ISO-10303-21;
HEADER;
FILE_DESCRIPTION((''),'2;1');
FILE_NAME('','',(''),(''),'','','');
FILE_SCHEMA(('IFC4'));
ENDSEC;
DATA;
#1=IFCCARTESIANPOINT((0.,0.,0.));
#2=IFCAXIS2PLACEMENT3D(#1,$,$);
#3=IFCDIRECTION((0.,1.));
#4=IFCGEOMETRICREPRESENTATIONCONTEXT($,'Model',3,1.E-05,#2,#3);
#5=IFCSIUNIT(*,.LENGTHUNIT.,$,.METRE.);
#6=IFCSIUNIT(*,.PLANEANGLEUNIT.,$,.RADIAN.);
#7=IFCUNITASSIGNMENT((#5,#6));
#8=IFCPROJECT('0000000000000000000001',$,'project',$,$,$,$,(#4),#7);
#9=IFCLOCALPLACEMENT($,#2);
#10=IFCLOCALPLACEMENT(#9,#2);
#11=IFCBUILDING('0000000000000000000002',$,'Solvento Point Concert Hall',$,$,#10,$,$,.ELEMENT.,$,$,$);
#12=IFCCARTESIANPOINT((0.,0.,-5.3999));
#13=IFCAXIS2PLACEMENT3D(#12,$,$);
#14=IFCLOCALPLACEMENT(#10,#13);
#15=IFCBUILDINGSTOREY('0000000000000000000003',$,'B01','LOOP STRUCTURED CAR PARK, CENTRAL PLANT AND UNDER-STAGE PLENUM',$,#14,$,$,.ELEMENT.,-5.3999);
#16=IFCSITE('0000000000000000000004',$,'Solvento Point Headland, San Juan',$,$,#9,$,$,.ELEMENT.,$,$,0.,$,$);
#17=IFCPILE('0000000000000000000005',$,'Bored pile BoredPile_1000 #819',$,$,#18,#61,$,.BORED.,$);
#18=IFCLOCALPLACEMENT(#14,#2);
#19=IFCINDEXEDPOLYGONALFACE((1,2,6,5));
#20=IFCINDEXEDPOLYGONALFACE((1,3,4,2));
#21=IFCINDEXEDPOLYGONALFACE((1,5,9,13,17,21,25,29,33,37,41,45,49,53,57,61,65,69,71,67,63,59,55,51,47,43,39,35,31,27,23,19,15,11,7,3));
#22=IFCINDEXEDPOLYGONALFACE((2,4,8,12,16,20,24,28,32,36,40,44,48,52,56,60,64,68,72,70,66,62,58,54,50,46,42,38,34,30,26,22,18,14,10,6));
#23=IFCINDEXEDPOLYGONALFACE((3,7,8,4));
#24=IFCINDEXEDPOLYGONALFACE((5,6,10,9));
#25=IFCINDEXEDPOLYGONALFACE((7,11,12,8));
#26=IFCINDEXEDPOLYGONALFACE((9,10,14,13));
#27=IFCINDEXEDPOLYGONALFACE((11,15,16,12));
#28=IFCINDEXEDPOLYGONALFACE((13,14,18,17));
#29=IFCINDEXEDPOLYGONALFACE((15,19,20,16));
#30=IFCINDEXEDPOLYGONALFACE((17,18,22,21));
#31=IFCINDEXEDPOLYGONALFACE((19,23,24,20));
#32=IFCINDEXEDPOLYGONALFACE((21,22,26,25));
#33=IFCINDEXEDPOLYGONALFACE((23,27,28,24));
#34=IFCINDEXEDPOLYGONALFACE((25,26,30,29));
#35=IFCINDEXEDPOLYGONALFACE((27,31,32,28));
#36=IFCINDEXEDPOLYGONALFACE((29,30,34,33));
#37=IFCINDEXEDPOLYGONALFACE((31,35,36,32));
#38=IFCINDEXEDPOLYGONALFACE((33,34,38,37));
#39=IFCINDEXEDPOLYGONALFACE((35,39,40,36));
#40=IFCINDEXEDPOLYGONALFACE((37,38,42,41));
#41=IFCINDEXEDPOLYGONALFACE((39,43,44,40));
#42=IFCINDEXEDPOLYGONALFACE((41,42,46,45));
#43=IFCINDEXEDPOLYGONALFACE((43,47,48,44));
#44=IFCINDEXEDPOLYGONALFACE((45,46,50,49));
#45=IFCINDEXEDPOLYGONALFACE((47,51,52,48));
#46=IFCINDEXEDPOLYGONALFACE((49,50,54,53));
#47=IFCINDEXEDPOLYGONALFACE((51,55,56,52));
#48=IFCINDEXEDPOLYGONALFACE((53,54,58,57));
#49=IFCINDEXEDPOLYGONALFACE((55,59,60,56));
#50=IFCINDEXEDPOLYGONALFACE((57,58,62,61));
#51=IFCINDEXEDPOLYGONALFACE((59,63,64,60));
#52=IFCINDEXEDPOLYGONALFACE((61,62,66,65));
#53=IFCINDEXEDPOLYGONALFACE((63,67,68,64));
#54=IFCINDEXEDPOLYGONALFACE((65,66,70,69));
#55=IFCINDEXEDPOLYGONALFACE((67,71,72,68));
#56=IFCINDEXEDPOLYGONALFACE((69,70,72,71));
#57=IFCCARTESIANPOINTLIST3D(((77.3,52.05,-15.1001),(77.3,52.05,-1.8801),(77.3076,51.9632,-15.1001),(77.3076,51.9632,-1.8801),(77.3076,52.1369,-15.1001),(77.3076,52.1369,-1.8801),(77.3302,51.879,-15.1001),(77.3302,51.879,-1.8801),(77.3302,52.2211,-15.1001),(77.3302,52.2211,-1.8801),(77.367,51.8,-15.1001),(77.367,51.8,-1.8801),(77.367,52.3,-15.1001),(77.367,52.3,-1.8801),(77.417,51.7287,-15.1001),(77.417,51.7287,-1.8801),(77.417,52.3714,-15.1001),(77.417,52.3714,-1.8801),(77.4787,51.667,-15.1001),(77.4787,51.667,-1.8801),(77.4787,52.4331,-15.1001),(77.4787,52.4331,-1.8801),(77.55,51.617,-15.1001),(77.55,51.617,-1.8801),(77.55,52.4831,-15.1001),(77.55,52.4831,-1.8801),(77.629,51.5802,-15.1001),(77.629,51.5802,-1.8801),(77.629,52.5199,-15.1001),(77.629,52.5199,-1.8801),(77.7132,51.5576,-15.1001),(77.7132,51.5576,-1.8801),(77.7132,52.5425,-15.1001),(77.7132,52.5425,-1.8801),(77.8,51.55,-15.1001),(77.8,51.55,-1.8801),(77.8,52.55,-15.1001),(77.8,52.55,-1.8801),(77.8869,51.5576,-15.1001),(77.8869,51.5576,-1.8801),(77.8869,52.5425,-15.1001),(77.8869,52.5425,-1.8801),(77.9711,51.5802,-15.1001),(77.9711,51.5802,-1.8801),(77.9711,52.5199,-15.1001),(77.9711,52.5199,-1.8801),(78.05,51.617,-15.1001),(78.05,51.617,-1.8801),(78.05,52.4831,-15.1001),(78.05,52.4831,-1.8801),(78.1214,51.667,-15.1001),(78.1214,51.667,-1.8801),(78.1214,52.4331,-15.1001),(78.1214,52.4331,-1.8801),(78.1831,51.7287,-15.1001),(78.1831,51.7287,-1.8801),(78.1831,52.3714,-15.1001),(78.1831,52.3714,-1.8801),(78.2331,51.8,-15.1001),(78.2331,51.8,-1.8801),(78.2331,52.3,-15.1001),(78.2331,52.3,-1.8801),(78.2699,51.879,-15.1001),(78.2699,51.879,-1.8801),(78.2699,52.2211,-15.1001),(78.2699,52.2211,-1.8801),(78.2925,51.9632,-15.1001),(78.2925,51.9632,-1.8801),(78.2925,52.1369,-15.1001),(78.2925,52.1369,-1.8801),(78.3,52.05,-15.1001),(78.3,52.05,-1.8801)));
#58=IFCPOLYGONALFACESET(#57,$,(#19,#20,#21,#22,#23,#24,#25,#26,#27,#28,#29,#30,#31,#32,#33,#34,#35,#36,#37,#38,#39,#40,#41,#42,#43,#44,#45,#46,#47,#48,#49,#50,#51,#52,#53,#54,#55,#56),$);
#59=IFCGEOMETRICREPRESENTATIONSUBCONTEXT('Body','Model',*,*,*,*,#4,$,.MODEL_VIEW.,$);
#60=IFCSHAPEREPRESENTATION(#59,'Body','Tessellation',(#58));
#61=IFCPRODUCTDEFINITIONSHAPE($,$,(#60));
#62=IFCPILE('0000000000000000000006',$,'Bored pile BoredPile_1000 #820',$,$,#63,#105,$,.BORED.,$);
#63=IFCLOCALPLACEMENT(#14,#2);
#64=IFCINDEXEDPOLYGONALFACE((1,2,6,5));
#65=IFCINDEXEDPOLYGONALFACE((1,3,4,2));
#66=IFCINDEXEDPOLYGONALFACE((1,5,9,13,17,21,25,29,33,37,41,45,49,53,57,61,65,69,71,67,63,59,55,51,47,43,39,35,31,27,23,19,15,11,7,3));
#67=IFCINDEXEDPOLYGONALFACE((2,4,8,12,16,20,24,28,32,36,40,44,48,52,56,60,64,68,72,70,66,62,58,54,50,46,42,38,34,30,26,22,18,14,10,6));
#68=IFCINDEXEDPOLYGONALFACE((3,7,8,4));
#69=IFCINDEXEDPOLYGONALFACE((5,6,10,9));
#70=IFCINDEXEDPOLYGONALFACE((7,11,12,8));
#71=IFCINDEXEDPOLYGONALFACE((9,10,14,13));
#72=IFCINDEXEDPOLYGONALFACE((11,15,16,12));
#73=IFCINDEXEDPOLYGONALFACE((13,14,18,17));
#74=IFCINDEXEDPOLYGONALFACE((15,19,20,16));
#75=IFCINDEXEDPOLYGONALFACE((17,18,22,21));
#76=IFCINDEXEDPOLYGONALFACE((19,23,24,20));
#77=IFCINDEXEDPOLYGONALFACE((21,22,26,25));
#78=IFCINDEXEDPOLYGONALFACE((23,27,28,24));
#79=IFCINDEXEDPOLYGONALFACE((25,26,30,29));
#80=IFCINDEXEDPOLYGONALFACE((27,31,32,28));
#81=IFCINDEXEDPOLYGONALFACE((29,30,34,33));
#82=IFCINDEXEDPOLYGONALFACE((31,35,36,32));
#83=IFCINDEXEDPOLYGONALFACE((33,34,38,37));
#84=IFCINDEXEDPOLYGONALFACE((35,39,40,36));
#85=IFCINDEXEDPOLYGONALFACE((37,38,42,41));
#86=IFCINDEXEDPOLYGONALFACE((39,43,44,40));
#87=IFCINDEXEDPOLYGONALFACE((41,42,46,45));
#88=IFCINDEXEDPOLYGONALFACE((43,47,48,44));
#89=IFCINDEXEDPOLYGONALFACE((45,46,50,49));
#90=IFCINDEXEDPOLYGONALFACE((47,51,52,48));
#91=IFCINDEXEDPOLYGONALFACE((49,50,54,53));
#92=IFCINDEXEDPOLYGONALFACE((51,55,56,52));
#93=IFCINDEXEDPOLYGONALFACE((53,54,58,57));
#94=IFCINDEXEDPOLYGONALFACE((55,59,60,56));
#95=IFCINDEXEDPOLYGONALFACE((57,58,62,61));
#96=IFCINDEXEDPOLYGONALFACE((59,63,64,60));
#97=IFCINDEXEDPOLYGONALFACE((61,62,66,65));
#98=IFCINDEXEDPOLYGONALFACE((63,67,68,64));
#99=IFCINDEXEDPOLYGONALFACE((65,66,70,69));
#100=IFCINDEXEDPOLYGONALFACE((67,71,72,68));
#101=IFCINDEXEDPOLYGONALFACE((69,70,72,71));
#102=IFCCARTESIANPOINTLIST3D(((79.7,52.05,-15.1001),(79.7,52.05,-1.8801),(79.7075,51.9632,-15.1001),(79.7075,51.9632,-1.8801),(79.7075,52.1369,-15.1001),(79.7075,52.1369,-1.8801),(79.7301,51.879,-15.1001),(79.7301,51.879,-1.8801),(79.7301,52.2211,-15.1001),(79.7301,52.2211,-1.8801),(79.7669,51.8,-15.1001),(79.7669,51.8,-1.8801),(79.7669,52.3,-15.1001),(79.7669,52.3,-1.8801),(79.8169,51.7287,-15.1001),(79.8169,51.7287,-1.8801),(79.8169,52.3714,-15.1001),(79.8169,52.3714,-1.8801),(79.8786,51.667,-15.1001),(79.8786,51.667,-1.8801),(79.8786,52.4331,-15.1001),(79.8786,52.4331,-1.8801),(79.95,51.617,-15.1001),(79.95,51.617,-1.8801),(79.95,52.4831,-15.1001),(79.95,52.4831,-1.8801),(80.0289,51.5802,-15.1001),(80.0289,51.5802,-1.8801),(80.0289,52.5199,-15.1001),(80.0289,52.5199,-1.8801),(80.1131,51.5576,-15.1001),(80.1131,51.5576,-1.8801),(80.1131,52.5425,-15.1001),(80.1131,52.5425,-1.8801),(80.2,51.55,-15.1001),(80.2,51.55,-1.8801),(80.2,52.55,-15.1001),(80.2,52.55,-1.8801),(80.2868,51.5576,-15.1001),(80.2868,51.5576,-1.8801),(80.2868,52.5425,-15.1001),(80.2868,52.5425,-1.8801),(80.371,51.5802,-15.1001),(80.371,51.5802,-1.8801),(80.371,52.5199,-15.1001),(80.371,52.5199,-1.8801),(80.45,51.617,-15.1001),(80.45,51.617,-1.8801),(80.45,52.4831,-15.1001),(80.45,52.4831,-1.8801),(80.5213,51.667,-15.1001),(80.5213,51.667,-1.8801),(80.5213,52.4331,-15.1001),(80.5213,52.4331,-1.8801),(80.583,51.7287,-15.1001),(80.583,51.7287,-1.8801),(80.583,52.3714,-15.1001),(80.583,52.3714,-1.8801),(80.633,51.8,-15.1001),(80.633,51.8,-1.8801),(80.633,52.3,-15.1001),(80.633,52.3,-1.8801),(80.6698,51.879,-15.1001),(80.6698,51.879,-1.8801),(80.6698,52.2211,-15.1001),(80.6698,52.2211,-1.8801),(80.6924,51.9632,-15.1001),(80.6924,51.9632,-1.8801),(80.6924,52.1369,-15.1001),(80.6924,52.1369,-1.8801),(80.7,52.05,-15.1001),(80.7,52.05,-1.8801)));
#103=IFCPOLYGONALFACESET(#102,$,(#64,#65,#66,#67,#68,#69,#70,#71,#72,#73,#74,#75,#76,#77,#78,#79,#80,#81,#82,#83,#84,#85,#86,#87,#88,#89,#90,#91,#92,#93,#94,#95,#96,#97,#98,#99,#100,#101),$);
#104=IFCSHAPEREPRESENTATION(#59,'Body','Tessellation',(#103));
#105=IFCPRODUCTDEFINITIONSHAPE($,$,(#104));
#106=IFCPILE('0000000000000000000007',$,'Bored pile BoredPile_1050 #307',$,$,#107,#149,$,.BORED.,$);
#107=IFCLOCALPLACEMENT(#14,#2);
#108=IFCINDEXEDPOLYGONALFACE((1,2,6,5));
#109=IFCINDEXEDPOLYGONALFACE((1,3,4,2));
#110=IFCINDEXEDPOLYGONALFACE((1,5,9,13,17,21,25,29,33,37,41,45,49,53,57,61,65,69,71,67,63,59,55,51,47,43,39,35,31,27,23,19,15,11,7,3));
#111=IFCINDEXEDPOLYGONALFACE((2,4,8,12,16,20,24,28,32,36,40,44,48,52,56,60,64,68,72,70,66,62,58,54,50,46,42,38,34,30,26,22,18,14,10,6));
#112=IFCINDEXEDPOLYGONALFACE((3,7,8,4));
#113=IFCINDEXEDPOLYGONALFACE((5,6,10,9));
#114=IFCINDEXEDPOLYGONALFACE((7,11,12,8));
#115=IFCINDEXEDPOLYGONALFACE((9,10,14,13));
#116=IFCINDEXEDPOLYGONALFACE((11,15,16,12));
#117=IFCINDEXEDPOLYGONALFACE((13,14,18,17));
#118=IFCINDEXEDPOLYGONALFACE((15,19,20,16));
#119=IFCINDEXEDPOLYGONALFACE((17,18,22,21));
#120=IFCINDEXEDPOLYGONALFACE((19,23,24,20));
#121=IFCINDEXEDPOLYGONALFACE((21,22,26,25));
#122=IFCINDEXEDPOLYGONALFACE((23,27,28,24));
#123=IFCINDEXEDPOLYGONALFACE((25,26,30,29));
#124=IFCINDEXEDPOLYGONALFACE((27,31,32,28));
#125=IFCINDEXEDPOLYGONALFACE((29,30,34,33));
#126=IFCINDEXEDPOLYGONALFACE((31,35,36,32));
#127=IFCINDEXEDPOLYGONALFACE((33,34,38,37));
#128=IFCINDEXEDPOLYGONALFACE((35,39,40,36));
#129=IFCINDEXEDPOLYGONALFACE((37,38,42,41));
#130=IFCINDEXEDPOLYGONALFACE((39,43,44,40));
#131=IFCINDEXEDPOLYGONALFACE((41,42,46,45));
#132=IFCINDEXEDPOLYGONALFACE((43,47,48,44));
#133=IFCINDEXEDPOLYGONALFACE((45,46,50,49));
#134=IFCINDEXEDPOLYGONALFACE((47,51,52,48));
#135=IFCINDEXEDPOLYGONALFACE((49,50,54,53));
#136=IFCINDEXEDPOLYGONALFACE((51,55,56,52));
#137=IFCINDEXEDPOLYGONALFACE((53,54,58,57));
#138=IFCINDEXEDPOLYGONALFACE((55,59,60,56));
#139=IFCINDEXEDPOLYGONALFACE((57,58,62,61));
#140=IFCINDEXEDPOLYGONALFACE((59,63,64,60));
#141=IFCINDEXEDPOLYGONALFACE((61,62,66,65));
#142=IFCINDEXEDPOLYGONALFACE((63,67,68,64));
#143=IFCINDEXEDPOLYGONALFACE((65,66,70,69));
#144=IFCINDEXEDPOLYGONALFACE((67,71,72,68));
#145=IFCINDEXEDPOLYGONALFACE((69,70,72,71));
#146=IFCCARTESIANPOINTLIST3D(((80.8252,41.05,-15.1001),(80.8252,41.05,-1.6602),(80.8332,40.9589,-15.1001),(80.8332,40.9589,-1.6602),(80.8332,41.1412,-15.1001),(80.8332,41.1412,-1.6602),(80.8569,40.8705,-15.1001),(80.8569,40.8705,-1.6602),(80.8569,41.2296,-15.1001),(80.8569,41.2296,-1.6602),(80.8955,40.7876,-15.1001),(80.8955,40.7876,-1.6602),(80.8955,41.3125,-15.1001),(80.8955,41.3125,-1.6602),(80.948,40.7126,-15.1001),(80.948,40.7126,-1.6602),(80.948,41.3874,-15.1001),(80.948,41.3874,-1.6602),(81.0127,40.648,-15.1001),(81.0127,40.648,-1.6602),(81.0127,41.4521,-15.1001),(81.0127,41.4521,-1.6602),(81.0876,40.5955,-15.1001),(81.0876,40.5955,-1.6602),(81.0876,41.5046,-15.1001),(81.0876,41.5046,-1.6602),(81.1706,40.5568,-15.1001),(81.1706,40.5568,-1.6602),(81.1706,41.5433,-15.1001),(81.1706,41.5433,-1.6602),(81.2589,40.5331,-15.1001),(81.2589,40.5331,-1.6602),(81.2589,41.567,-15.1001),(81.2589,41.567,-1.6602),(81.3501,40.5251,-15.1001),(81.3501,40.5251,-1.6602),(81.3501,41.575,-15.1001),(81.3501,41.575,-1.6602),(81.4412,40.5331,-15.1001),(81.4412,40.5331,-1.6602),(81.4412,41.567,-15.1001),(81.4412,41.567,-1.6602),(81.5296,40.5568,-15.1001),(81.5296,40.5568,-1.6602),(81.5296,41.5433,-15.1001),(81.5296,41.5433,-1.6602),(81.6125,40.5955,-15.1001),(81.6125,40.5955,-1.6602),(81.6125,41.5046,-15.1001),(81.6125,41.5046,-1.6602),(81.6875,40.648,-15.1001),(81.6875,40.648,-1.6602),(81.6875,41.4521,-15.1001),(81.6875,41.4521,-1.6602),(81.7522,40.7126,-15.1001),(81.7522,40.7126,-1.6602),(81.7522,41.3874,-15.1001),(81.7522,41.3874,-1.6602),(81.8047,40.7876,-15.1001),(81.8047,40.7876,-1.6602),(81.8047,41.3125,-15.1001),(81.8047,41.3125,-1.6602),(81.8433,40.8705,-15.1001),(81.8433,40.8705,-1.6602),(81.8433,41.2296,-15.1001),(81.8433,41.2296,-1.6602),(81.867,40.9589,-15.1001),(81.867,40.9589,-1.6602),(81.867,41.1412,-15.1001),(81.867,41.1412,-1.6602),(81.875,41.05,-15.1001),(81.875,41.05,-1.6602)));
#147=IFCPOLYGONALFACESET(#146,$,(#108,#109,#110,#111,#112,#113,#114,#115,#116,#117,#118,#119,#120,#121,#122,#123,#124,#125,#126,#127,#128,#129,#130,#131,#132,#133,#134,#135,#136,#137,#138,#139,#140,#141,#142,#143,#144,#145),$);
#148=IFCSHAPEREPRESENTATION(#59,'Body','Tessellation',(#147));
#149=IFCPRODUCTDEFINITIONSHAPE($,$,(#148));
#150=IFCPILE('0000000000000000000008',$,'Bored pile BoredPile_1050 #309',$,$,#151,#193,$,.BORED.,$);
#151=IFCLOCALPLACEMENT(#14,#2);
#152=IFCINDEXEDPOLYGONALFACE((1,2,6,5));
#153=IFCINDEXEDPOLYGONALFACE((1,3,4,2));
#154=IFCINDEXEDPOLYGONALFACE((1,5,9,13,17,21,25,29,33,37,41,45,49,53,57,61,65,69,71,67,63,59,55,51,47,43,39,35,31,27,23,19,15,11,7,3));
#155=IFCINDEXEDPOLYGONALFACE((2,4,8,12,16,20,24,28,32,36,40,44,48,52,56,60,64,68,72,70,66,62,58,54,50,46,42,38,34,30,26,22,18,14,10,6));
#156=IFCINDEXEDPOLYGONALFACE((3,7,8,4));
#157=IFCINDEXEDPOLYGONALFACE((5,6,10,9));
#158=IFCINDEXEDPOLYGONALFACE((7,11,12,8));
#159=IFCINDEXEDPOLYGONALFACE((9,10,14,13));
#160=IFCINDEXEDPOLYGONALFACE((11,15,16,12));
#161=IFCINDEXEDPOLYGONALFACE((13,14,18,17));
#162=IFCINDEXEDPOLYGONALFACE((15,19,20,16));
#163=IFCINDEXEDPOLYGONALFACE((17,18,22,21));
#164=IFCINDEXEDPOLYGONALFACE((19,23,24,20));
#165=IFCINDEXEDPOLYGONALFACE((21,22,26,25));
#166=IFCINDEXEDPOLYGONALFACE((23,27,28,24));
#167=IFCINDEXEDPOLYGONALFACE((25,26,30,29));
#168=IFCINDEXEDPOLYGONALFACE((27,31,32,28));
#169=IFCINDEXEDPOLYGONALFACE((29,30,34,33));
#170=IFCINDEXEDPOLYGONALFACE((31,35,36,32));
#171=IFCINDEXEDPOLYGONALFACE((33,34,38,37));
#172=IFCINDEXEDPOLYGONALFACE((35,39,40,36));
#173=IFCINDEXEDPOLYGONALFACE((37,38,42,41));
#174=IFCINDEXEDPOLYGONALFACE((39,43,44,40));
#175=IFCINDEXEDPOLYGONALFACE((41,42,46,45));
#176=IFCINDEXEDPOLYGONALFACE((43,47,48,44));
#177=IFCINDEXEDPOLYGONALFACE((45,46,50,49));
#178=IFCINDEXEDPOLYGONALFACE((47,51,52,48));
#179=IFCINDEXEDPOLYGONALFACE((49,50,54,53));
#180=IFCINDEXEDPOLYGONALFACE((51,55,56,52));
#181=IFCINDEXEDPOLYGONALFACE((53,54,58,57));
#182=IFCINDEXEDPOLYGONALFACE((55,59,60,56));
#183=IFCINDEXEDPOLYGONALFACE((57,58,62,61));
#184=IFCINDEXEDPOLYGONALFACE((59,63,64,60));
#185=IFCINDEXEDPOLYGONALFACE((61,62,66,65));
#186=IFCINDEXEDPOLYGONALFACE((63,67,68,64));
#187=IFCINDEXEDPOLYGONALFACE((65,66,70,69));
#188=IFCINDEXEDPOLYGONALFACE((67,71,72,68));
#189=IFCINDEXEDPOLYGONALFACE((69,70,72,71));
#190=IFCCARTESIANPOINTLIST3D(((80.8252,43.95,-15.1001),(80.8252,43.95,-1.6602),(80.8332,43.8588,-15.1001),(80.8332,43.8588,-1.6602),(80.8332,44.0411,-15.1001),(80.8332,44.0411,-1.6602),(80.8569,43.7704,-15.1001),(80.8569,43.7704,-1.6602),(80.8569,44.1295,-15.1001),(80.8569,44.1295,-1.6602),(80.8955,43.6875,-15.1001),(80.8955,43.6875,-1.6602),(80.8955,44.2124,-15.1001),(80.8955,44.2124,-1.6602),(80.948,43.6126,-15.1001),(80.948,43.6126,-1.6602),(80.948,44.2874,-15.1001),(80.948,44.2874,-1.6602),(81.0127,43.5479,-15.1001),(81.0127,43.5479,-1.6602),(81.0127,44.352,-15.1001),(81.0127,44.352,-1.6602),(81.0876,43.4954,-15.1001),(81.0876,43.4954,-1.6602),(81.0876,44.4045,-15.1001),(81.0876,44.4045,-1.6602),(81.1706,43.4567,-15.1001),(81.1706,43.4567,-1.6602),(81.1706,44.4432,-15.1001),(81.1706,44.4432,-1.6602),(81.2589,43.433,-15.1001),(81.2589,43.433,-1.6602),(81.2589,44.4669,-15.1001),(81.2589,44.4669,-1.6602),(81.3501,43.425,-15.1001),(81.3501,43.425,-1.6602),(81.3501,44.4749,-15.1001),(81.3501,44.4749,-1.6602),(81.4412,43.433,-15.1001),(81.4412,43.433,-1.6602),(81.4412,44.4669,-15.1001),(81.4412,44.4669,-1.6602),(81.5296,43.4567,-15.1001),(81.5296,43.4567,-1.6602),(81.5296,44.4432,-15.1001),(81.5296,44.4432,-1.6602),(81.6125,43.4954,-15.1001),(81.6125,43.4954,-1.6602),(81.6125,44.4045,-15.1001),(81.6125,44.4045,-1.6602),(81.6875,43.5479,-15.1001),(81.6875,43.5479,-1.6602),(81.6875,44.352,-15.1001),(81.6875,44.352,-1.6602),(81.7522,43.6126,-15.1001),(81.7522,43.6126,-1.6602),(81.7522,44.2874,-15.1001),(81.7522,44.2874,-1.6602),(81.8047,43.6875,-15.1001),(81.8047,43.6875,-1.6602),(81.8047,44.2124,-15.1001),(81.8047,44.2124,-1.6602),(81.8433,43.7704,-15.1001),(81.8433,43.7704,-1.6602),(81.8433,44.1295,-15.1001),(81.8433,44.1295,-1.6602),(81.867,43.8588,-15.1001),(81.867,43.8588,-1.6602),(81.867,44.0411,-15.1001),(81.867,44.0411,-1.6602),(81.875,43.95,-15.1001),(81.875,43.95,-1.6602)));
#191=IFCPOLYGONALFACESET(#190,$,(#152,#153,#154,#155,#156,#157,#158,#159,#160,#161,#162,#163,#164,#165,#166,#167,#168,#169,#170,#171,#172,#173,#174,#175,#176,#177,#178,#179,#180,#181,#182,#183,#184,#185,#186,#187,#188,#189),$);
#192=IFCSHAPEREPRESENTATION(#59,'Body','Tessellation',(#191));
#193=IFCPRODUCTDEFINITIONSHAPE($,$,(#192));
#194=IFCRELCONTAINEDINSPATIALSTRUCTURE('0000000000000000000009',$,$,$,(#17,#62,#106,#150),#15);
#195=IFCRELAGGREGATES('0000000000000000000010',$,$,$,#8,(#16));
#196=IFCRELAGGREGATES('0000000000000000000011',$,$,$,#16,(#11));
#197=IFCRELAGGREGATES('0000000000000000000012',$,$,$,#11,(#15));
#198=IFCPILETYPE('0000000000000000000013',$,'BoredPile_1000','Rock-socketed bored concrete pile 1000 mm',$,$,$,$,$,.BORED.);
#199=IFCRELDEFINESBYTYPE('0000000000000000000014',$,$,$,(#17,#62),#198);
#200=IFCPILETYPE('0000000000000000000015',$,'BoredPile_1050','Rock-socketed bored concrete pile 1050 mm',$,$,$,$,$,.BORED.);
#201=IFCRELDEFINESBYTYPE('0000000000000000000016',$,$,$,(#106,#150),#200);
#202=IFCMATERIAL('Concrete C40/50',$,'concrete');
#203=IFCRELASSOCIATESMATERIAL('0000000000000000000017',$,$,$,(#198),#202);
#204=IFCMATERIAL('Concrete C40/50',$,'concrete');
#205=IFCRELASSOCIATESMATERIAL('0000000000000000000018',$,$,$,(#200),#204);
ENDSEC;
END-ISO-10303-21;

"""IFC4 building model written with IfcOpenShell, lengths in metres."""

from ifc_helpers import new_model, si_unit, direction, frame, origin, origin_2d, place, context, subcontext, project, spatial, circle, extrude, material, material_profile, profile_set, type_object, element, save


model = new_model("IFC4")

# Units and contexts
model_context = context("Model", 3, precision=1e-05, world=origin(), true_north=direction((0.0, 1.0)))
body_context = subcontext(model_context, "Body", "Model", "MODEL_VIEW")
ifc_project = project(units=[si_unit("LENGTHUNIT", "METRE"), si_unit("PLANEANGLEUNIT", "RADIAN")], contexts=[model_context])

# Site, building, storey
site_placement = place(None, origin())
site = spatial("IfcSite", under=ifc_project, at=site_placement, Name="Solvento Point Headland, San Juan", CompositionType="ELEMENT", RefElevation=0.0)
building_placement = place(site_placement, origin())
building = spatial("IfcBuilding", under=site, at=building_placement, Name="Solvento Point Concert Hall", CompositionType="ELEMENT")
storey_placement = place(building_placement, frame((0.0, 0.0, -5.3999)))
storey = spatial("IfcBuildingStorey", under=building, at=storey_placement, Name="B01", Description="LOOP STRUCTURED CAR PARK, CENTRAL PLANT AND UNDER-STAGE PLENUM", CompositionType="ELEMENT", Elevation=-5.3999)

# Piles
ifc_material_1 = material(Name="Concrete C40/50", Category="concrete")
ifc_material_profile_1 = material_profile(ifc_material_1, circle(Radius=0.5, at=origin_2d()), Name="BP-1000")
ifc_profile_set_1 = profile_set([ifc_material_profile_1], Name="Concrete C40/50")
pile_type_1 = type_object("IfcPileType", Name="BoredPile_1000", Description="Rock-socketed bored concrete pile 1000 mm", PredefinedType="BORED", material=ifc_profile_set_1)
for number, where, z_axis, x_axis, name in (
    (1, (77.8, 52.05, -1.8801), (0.0, 0.0, -1.0), (1.0, 0.0, 0.0), "Bored pile BoredPile_1000 #819"),
    (2, (80.2, 52.05, -1.8801), (0.0, 0.0, -1.0), (1.0, 0.0, 0.0), "Bored pile BoredPile_1000 #820"),
):
    element("IfcPile", number, at=place(storey_placement, frame(where, z_axis=z_axis, x_axis=x_axis)), inside=storey, type_object=pile_type_1, Name=name, PredefinedType="BORED", context=body_context, shape_type="SweptSolid", body=[
        extrude(circle(Radius=0.5, at=origin_2d()), origin(), (0.0, 0.0, 1.0), 13.22),
    ])
ifc_material_2 = material(Name="Concrete C40/50", Category="concrete")
ifc_material_profile_2 = material_profile(ifc_material_2, circle(Radius=0.5249, at=origin_2d()), Name="BP-1050")
ifc_profile_set_2 = profile_set([ifc_material_profile_2], Name="Concrete C40/50")
pile_type_2 = type_object("IfcPileType", Name="BoredPile_1050", Description="Rock-socketed bored concrete pile 1050 mm", PredefinedType="BORED", material=ifc_profile_set_2)
for number, where, z_axis, x_axis, name in (
    (3, (81.3501, 41.05, -1.6602), (0.0, 0.0, -1.0), (1.0, 0.0, 0.0), "Bored pile BoredPile_1050 #307"),
    (4, (81.3501, 43.95, -1.6602), (0.0, 0.0, -1.0), (1.0, 0.0, 0.0), "Bored pile BoredPile_1050 #309"),
):
    element("IfcPile", number, at=place(storey_placement, frame(where, z_axis=z_axis, x_axis=x_axis)), inside=storey, type_object=pile_type_2, Name=name, PredefinedType="BORED", context=body_context, shape_type="SweptSolid", body=[
        extrude(circle(Radius=0.5249, at=origin_2d()), origin(), (0.0, 0.0, 1.0), 13.4399),
    ])

save(model, "model.ifc")
